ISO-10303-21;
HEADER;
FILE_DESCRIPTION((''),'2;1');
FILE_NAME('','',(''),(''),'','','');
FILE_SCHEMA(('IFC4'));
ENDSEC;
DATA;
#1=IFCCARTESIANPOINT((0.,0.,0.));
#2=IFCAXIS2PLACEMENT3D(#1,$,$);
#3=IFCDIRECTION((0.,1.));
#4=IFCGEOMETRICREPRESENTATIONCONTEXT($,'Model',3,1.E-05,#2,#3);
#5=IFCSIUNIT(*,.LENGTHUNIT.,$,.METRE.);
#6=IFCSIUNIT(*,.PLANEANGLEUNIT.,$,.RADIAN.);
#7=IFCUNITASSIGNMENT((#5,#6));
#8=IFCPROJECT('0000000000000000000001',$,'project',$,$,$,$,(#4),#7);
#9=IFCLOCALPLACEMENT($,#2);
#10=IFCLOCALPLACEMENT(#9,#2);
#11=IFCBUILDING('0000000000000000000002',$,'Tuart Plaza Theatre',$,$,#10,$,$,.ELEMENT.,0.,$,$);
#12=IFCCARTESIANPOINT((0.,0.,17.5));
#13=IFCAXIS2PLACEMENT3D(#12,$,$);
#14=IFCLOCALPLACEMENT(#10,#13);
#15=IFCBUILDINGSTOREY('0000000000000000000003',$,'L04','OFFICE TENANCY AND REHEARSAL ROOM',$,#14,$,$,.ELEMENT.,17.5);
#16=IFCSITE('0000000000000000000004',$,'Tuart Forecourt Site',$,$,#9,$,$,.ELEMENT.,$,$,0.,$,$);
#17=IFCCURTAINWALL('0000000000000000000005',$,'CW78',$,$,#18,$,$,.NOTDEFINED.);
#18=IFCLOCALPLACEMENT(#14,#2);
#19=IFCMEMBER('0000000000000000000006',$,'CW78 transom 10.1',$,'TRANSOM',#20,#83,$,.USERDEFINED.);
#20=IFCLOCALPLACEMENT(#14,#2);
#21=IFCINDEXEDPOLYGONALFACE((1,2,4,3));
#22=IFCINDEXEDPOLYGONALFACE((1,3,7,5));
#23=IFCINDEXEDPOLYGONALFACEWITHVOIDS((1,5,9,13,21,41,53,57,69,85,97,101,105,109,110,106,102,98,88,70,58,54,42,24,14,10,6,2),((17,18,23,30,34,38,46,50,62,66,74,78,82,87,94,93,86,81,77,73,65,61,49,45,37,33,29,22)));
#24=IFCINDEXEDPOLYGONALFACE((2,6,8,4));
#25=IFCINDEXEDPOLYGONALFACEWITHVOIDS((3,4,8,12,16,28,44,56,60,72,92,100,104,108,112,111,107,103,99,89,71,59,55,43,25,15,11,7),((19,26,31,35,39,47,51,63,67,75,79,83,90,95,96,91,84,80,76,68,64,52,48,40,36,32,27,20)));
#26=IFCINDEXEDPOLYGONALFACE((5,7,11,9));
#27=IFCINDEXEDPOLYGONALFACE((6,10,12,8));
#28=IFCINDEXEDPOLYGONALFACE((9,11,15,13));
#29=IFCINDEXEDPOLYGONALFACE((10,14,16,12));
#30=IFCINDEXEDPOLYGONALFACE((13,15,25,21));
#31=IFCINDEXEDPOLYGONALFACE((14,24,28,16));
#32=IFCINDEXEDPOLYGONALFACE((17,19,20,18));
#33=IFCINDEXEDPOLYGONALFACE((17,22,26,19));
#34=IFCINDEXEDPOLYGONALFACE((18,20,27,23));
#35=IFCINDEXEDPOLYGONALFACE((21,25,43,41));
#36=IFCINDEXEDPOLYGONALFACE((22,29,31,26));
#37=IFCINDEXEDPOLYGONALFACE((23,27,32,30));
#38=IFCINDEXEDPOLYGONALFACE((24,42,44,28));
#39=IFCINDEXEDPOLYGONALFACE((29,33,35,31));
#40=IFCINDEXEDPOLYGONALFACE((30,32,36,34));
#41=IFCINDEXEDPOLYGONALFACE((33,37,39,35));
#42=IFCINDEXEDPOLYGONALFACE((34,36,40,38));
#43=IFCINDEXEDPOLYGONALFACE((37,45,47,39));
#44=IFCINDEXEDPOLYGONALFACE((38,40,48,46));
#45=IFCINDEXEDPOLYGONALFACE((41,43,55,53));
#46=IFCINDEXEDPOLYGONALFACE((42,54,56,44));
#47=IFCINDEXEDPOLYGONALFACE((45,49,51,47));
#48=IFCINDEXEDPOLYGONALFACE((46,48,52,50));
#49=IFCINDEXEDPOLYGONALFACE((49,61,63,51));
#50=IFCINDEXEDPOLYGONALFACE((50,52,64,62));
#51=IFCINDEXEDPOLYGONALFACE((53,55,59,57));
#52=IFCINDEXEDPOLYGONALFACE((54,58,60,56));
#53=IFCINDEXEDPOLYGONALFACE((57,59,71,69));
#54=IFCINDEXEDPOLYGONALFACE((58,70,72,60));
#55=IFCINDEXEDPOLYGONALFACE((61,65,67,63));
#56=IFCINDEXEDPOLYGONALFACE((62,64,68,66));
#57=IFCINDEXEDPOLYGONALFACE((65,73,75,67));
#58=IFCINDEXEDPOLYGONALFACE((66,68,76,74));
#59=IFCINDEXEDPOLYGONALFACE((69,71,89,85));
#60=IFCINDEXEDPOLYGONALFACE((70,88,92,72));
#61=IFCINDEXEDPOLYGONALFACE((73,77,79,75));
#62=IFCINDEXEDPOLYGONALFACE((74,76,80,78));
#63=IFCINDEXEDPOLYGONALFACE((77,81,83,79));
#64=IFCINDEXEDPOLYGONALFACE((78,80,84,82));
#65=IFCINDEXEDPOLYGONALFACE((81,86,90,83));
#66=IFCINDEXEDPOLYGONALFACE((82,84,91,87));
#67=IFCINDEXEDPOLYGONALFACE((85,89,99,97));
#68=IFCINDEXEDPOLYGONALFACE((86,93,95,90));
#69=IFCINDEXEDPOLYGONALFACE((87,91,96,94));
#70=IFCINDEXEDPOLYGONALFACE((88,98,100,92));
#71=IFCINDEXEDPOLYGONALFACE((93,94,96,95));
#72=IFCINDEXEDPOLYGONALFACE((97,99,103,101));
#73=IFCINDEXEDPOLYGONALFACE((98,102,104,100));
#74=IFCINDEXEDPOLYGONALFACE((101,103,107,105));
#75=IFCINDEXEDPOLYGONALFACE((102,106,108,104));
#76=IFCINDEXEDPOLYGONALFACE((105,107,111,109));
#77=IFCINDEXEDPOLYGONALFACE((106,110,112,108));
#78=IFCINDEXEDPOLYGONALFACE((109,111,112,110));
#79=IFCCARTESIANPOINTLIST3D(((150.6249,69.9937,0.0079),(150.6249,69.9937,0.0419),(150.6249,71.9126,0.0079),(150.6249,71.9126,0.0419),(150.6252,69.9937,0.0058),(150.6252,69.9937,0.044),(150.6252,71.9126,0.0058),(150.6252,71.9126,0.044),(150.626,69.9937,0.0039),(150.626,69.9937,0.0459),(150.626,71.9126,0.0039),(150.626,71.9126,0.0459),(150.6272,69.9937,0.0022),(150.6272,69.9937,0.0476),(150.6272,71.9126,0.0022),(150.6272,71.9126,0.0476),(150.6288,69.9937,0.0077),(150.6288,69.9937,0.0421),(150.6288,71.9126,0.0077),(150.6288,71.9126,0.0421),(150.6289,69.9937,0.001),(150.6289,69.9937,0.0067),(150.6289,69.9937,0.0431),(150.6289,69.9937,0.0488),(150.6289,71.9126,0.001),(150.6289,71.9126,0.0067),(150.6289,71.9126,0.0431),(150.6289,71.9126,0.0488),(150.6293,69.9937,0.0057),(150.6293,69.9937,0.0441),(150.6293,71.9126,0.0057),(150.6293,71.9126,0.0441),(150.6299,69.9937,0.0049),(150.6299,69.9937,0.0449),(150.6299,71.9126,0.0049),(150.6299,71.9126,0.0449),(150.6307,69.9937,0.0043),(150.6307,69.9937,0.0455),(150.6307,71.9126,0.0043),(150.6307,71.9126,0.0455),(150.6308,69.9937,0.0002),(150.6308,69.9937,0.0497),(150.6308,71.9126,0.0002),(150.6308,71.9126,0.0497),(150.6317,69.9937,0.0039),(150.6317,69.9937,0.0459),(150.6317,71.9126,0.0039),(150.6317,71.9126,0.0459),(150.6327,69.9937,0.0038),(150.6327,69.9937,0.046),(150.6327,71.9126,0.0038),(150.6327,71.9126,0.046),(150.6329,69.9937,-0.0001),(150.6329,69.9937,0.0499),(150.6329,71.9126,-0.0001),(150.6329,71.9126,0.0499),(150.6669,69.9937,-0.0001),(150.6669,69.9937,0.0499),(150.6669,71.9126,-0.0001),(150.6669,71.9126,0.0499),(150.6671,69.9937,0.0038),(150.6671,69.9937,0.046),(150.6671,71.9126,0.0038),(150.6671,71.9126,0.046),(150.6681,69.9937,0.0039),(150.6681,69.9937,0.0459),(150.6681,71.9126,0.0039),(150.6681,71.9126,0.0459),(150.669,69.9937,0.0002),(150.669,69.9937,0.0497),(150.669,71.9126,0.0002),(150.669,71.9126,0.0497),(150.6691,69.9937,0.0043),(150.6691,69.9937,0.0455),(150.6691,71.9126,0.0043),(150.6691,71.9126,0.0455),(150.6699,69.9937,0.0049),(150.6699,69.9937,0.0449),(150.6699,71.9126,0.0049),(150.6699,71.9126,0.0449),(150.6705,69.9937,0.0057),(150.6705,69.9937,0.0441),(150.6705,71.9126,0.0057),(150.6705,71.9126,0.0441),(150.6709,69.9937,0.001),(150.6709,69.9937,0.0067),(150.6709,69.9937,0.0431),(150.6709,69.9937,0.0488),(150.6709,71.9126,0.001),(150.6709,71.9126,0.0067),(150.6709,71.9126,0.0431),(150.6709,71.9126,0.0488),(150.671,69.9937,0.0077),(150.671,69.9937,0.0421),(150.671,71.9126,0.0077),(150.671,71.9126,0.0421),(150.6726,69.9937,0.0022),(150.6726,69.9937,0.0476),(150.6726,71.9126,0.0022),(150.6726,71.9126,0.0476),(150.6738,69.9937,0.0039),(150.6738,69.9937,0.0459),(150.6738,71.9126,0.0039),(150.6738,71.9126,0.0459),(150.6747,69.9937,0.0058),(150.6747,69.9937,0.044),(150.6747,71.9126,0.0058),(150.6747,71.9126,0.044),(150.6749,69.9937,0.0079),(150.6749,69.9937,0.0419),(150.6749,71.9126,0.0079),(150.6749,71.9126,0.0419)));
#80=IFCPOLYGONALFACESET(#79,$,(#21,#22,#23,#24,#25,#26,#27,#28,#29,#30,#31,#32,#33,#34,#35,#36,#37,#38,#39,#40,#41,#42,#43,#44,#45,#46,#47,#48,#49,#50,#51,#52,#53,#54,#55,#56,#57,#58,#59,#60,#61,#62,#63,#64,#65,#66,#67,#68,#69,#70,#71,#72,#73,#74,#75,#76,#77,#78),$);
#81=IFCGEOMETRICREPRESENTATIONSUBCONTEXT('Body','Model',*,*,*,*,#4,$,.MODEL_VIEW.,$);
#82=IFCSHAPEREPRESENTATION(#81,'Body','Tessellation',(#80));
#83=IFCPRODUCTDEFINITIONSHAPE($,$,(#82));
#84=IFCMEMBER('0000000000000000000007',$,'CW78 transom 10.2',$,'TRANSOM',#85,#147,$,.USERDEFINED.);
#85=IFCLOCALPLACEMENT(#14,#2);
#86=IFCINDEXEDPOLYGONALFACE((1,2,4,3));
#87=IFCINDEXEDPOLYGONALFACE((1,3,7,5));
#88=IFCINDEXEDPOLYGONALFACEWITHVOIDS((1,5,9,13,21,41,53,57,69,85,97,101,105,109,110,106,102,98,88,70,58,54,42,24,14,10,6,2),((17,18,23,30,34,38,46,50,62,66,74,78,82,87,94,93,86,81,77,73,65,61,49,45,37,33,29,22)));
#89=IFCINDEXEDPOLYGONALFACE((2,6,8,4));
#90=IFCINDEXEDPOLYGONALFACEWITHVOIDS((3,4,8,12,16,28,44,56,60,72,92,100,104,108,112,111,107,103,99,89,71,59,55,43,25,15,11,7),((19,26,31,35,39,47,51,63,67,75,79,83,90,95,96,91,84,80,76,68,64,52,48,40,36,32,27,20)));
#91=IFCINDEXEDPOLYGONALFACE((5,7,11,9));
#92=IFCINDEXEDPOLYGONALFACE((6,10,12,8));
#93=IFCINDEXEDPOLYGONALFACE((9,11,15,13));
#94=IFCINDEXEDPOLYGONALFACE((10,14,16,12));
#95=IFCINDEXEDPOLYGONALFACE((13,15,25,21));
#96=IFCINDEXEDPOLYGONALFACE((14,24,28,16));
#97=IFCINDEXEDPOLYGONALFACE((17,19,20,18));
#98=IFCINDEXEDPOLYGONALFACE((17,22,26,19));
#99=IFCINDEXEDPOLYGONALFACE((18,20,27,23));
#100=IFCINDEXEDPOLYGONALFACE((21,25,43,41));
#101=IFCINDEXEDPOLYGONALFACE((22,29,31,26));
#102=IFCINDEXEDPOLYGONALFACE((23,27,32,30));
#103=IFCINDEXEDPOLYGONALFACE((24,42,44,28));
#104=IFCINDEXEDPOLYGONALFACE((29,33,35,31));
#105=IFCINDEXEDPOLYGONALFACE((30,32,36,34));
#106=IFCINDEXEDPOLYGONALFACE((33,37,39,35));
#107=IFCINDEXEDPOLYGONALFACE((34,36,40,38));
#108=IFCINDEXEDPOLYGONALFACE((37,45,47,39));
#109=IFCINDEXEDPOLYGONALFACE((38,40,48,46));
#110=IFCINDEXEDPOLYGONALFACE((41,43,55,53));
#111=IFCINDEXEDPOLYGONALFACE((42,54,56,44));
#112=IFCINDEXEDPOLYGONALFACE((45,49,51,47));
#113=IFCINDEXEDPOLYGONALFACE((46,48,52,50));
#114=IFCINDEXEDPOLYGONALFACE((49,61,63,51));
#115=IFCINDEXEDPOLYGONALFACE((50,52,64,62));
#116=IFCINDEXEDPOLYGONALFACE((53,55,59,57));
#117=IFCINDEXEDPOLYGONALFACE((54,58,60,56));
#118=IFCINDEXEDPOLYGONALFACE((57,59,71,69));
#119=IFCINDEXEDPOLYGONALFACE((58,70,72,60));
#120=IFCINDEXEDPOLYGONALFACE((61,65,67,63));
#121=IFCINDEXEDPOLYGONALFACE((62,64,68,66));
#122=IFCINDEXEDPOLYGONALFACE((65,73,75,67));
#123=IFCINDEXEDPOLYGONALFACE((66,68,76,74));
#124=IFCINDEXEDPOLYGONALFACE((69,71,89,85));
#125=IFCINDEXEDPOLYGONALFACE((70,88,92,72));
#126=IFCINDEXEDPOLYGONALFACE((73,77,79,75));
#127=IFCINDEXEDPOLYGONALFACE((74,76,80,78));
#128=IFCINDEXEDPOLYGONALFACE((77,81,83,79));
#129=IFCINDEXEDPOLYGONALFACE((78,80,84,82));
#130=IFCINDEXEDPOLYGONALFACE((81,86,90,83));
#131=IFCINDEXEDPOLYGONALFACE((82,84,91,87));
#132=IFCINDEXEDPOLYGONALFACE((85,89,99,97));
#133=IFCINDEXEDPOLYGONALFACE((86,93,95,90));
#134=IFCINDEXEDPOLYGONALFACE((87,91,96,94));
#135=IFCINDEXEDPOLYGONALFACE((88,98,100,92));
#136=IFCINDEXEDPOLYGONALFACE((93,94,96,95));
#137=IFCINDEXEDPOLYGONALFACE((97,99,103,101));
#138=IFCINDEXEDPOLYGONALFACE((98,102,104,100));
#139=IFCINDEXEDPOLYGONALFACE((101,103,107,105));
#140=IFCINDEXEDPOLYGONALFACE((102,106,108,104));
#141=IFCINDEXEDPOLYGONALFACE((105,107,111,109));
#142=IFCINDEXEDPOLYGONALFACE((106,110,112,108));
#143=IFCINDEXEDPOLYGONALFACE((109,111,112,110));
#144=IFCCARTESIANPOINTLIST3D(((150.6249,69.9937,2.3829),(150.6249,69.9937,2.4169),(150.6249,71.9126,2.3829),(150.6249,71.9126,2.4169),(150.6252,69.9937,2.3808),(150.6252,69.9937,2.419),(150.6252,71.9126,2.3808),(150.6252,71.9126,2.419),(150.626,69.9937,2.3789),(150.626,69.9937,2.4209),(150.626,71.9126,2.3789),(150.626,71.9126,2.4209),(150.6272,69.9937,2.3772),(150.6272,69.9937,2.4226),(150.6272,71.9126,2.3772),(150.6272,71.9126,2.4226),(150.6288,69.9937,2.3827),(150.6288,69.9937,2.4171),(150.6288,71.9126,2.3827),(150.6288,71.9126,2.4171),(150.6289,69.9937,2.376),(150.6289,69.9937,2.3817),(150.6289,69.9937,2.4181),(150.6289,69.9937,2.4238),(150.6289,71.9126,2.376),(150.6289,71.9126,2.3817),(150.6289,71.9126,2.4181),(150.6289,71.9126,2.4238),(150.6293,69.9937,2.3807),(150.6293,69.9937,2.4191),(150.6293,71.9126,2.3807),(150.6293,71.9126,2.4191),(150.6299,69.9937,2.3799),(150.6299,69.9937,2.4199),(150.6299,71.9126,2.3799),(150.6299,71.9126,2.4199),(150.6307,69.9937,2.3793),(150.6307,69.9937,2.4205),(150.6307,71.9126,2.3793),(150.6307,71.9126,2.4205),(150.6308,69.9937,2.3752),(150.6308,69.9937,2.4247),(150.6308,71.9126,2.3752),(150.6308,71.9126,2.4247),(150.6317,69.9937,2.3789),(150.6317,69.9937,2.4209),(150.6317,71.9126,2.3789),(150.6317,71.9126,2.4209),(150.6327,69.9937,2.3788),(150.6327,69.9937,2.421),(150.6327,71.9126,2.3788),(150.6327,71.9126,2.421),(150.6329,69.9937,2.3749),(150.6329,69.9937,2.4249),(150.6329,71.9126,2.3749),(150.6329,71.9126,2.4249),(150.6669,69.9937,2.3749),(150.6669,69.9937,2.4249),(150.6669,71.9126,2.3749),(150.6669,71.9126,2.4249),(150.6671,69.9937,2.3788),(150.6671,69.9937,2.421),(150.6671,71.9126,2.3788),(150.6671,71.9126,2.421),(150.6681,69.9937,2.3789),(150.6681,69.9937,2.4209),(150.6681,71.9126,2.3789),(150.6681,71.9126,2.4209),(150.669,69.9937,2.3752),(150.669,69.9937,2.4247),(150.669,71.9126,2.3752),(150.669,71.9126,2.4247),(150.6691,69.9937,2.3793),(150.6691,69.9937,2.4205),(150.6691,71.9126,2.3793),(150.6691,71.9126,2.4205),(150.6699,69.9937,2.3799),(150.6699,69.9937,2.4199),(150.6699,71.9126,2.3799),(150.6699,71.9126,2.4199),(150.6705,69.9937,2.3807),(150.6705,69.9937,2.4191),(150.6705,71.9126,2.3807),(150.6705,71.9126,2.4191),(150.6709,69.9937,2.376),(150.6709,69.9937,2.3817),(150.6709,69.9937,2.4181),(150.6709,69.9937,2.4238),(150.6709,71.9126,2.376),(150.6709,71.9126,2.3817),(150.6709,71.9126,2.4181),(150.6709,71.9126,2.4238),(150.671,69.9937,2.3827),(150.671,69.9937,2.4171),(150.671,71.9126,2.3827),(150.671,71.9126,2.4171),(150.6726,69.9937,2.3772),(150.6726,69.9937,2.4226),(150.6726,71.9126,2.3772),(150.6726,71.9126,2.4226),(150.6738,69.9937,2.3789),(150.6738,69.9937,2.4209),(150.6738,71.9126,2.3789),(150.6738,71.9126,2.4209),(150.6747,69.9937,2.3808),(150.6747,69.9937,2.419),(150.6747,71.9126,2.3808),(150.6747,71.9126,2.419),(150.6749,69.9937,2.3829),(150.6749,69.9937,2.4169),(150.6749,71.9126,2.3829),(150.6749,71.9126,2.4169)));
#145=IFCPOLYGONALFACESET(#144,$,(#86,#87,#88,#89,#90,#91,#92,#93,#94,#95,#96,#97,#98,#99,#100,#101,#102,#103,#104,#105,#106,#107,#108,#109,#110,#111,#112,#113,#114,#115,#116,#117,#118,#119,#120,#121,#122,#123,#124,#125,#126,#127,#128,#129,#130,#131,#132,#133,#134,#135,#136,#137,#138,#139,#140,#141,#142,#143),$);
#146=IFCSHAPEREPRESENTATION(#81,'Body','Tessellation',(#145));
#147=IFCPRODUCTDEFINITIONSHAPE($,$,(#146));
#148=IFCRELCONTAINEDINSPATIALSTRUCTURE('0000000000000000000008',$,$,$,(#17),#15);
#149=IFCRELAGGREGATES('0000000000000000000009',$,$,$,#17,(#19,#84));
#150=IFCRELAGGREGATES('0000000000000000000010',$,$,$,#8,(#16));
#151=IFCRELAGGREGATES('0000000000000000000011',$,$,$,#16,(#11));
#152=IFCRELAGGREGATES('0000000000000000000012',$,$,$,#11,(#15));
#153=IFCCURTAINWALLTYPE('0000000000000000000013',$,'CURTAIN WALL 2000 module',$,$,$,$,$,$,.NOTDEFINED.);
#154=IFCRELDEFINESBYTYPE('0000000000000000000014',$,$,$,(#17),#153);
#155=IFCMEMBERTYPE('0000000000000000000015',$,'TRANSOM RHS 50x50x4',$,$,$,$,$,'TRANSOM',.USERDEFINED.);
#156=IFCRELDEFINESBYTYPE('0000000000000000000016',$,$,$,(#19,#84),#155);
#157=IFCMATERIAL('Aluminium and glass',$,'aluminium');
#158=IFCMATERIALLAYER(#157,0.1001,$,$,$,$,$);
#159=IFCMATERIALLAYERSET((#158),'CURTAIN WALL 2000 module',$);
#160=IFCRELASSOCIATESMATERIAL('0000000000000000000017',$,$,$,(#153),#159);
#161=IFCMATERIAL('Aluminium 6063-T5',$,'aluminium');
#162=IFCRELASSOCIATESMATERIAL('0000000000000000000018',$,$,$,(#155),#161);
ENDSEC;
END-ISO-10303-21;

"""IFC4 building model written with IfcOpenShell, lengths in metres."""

from ifc_helpers import new_model, si_unit, direction, frame, origin, origin_2d, place, context, subcontext, project, spatial, hollow_rectangle, extrude, material, layer, layer_set, material_profile, profile_set, type_object, element, aggregate, save


model = new_model("IFC4")

# Units and contexts
model_context = context("Model", 3, precision=1e-05, world=origin(), true_north=direction((0.0, 1.0)))
body_context = subcontext(model_context, "Body", "Model", "MODEL_VIEW")
ifc_project = project(units=[si_unit("LENGTHUNIT", "METRE"), si_unit("PLANEANGLEUNIT", "RADIAN")], contexts=[model_context])

# Site, building, storey
site_placement = place(None, origin())
site = spatial("IfcSite", under=ifc_project, at=site_placement, Name="Tuart Forecourt Site", CompositionType="ELEMENT", RefElevation=0.0)
building_placement = place(site_placement, origin())
building = spatial("IfcBuilding", under=site, at=building_placement, Name="Tuart Plaza Theatre", CompositionType="ELEMENT", ElevationOfRefHeight=0.0)
storey_placement = place(building_placement, frame((0.0, 0.0, 17.5)))
storey = spatial("IfcBuildingStorey", under=building, at=storey_placement, Name="L04", Description="OFFICE TENANCY AND REHEARSAL ROOM", CompositionType="ELEMENT", Elevation=17.5)

# Curtain wall, members
ifc_material_1 = material(Name="Aluminium and glass", Category="aluminium")
ifc_layer_1 = layer(ifc_material_1, 0.1001)
ifc_layer_set_1 = layer_set([ifc_layer_1], Name="CURTAIN WALL 2000 module")
curtain_wall_type = type_object("IfcCurtainWallType", Name="CURTAIN WALL 2000 module", PredefinedType="NOTDEFINED", material=ifc_layer_set_1)
curtain_wall_placement = place(storey_placement, origin())
curtain_wall = element("IfcCurtainWall", 1, at=curtain_wall_placement, inside=storey, type_object=curtain_wall_type, Name="CW78", PredefinedType="NOTDEFINED")
ifc_material_2 = material(Name="Aluminium 6063-T5", Category="aluminium")
ifc_material_profile_1 = material_profile(ifc_material_2, hollow_rectangle(XDim=0.05, YDim=0.05, WallThickness=0.0039, InnerFilletRadius=0.0039, OuterFilletRadius=0.0081, at=origin_2d()), Name="RHS 50x50x4")
ifc_profile_set_1 = profile_set([ifc_material_profile_1], Name="Aluminium 6063-T5")
member_type_1 = type_object("IfcMemberType", Name="TRANSOM RHS 50x50x4", ElementType="TRANSOM", PredefinedType="USERDEFINED", material=ifc_profile_set_1)
member_1_placement = place(storey_placement, frame((150.6499, 69.9937, 0.0249), z_axis=(0.0, 1.0, 0.0), x_axis=(-1.0, 0.0, 0.0)))
member_1 = element("IfcMember", 2, at=member_1_placement, type_object=member_type_1, Name="CW78 transom 10.1", ObjectType="TRANSOM", PredefinedType="USERDEFINED", context=body_context, shape_type="SweptSolid", body=[
    extrude(hollow_rectangle(XDim=0.05, YDim=0.05, WallThickness=0.0039, InnerFilletRadius=0.0039, OuterFilletRadius=0.0081, at=origin_2d()), origin(), (0.0, 0.0, 1.0), 1.9189),
])
member_2_placement = place(storey_placement, frame((150.6499, 69.9937, 2.3999), z_axis=(0.0, 1.0, 0.0), x_axis=(-1.0, 0.0, 0.0)))
member_2 = element("IfcMember", 3, at=member_2_placement, type_object=member_type_1, Name="CW78 transom 10.2", ObjectType="TRANSOM", PredefinedType="USERDEFINED", context=body_context, shape_type="SweptSolid", body=[
    extrude(hollow_rectangle(XDim=0.05, YDim=0.05, WallThickness=0.0039, InnerFilletRadius=0.0039, OuterFilletRadius=0.0081, at=origin_2d()), origin(), (0.0, 0.0, 1.0), 1.9189),
])
aggregate(curtain_wall, [member_1, member_2])

save(model, "model.ifc")
